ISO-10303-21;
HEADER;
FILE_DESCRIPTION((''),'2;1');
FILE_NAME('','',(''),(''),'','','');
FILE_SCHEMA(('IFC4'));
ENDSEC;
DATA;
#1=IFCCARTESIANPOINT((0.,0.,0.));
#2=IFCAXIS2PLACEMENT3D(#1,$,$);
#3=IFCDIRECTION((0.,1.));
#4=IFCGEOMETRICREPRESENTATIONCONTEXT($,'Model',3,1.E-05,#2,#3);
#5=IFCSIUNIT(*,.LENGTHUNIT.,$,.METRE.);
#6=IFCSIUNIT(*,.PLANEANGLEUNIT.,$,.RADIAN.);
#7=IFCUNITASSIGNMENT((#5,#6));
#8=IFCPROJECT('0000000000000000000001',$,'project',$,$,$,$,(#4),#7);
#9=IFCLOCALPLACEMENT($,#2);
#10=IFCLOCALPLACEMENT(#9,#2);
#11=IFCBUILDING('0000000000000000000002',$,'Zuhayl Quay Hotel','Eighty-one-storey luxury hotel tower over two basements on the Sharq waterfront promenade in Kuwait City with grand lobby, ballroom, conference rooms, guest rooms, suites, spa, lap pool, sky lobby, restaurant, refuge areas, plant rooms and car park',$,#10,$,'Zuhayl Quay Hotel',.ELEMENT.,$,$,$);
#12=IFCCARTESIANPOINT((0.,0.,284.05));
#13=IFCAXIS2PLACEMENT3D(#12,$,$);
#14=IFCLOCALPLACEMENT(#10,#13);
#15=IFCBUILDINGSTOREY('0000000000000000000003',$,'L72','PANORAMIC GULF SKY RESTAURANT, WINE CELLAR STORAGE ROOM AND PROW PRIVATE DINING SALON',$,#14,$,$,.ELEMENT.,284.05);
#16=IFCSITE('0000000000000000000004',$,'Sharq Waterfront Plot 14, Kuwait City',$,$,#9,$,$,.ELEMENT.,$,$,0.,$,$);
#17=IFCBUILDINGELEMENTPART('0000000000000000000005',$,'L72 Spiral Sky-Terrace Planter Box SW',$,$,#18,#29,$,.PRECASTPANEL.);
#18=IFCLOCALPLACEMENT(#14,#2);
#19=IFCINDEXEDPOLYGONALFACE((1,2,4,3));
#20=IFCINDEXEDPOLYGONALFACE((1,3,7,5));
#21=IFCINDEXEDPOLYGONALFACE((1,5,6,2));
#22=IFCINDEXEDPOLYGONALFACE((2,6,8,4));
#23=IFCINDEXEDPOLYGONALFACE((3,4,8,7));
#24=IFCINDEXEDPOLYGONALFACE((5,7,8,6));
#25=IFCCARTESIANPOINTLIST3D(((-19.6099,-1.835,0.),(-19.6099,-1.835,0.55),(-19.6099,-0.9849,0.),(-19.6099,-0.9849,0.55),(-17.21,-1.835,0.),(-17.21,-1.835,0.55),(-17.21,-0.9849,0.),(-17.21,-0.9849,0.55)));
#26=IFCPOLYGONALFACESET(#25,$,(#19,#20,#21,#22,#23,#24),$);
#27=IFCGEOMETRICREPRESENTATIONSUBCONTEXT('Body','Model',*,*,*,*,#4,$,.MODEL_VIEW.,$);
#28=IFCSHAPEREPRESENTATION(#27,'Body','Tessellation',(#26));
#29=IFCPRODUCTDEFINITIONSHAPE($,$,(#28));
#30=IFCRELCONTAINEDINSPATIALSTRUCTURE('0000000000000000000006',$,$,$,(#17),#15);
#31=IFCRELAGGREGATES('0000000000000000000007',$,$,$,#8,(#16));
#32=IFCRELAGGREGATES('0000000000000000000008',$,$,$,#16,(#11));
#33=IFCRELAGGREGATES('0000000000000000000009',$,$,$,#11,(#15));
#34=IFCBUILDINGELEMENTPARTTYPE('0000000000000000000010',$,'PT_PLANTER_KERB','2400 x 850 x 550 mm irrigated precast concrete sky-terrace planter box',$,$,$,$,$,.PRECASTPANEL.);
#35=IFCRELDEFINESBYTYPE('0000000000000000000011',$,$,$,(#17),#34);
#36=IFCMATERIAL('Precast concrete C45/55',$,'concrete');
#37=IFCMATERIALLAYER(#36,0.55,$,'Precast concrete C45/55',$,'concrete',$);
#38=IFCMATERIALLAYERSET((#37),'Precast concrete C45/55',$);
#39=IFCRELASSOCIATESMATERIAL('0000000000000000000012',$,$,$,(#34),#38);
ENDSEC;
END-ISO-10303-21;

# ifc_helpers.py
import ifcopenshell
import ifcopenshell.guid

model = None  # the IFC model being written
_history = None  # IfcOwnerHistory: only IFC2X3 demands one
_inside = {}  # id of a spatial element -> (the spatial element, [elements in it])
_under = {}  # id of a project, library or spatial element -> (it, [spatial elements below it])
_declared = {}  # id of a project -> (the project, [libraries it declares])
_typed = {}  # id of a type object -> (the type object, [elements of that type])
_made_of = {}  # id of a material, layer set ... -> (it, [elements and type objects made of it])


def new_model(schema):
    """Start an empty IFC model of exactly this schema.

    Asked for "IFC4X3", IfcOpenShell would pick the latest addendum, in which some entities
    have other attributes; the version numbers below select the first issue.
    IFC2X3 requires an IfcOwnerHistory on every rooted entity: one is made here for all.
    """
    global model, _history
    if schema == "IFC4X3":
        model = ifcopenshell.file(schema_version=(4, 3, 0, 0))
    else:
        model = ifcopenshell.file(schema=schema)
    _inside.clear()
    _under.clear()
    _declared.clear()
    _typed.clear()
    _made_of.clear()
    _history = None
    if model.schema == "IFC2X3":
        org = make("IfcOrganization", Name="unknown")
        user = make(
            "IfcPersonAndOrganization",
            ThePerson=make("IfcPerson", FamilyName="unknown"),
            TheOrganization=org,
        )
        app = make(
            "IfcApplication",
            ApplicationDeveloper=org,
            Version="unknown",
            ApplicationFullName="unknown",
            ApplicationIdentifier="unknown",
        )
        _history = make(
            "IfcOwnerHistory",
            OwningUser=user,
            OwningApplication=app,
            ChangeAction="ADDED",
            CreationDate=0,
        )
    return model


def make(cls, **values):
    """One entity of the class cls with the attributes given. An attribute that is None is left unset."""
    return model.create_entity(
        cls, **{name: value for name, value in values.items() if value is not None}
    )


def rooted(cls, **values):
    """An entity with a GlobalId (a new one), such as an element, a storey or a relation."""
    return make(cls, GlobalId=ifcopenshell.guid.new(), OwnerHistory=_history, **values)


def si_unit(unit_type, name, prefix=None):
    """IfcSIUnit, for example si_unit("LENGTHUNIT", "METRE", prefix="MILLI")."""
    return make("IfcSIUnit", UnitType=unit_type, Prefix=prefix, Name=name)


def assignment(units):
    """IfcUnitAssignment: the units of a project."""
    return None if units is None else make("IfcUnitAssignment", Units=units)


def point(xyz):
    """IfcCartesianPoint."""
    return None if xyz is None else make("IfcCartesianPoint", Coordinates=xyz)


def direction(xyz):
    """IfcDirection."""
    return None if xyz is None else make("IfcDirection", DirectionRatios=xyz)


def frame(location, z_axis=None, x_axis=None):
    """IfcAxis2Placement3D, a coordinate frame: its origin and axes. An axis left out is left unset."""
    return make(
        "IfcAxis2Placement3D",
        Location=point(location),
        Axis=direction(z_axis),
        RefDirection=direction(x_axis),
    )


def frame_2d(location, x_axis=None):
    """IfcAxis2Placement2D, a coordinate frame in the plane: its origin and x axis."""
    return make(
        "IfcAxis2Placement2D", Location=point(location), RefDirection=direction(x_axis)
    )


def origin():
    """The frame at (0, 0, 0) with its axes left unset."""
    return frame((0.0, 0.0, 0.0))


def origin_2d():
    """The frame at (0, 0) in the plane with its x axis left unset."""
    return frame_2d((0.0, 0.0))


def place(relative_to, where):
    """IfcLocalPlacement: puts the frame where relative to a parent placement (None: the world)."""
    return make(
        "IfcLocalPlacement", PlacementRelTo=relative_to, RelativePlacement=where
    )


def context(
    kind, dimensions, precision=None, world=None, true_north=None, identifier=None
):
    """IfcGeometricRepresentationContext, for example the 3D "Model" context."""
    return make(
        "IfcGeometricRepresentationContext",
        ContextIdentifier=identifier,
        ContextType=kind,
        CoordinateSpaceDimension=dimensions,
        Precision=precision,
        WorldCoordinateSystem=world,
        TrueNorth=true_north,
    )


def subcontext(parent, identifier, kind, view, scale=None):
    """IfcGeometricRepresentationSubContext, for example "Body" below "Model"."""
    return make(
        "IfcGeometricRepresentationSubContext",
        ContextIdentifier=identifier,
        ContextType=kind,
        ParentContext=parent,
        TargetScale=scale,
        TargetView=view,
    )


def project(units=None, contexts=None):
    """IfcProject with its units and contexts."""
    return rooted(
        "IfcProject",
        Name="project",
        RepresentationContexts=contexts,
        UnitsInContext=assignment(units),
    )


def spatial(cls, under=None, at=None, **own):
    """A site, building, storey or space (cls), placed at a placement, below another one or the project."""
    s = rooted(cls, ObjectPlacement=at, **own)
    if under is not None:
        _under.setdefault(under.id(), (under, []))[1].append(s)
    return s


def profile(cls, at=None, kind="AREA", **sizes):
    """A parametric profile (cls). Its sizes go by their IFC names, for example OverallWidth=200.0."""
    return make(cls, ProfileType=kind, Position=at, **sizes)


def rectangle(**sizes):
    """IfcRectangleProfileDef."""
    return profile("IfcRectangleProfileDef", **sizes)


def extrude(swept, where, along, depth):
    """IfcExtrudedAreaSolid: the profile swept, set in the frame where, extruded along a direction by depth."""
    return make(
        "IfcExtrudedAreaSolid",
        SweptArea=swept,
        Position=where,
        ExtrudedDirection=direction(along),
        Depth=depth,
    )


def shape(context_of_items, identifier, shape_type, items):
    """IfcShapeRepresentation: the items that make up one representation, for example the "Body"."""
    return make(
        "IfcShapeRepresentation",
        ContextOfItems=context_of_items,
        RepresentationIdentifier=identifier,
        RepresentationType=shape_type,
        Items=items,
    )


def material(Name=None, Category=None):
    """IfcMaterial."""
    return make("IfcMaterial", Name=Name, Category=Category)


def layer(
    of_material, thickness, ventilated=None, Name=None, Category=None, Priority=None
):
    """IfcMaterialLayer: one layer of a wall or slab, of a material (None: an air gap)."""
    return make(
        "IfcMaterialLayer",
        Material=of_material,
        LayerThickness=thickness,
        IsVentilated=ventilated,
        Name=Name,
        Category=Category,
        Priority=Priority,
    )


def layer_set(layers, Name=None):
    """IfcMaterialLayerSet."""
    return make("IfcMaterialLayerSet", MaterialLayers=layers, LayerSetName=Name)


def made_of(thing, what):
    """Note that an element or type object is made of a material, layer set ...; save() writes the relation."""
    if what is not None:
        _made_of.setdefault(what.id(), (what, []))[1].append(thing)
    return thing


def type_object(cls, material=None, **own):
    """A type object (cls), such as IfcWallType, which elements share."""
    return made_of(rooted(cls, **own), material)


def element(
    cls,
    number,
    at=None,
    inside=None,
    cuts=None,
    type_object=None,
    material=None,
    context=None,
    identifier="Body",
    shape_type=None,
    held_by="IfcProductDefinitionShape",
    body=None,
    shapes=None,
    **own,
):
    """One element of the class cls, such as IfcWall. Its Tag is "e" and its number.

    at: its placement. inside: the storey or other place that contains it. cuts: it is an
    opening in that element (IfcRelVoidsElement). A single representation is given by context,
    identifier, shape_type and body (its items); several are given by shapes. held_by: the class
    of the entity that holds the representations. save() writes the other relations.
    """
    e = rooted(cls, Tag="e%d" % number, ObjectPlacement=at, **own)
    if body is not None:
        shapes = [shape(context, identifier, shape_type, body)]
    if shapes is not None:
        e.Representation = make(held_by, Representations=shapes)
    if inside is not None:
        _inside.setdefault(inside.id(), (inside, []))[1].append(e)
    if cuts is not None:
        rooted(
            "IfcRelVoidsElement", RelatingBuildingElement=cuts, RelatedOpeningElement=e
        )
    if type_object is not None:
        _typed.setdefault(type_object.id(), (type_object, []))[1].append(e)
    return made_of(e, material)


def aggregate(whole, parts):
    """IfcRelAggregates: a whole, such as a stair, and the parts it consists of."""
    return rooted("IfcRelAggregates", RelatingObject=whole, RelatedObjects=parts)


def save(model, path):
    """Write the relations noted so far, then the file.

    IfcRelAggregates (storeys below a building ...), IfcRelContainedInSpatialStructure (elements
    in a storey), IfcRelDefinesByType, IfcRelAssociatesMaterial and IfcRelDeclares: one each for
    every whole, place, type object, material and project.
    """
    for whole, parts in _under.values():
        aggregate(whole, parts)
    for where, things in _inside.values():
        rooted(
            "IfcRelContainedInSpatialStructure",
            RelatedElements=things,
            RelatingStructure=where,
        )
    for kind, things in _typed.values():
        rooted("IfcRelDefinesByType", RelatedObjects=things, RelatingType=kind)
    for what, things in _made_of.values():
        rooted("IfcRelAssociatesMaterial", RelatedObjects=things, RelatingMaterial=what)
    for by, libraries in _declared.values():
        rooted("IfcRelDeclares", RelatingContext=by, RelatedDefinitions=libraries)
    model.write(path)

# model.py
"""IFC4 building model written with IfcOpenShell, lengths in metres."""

from ifc_helpers import new_model, si_unit, direction, frame, origin, origin_2d, place, context, subcontext, project, spatial, rectangle, extrude, material, layer, layer_set, type_object, element, save


model = new_model("IFC4")

# Units and contexts
model_context = context("Model", 3, precision=1e-05, world=origin(), true_north=direction((0.0, 1.0)))
body_context = subcontext(model_context, "Body", "Model", "MODEL_VIEW")
ifc_project = project(units=[si_unit("LENGTHUNIT", "METRE"), si_unit("PLANEANGLEUNIT", "RADIAN")], contexts=[model_context])

# Site, building, storey
site_placement = place(None, origin())
site = spatial("IfcSite", under=ifc_project, at=site_placement, Name="Sharq Waterfront Plot 14, Kuwait City", CompositionType="ELEMENT", RefElevation=0.0)
building_placement = place(site_placement, origin())
building = spatial("IfcBuilding", under=site, at=building_placement, Name="Zuhayl Quay Hotel", Description="Eighty-one-storey luxury hotel tower over two basements on the Sharq waterfront promenade in Kuwait City with grand lobby, ballroom, conference rooms, guest rooms, suites, spa, lap pool, sky lobby, restaurant, refuge areas, plant rooms and car park", LongName="Zuhayl Quay Hotel", CompositionType="ELEMENT")
storey_placement = place(building_placement, frame((0.0, 0.0, 284.05)))
storey = spatial("IfcBuildingStorey", under=building, at=storey_placement, Name="L72", Description="PANORAMIC GULF SKY RESTAURANT, WINE CELLAR STORAGE ROOM AND PROW PRIVATE DINING SALON", CompositionType="ELEMENT", Elevation=284.05)

# Shared definitions
ifc_material_1 = material(Name="Precast concrete C45/55", Category="concrete")

# Building element part
ifc_layer_1 = layer(ifc_material_1, 0.55, Name="Precast concrete C45/55", Category="concrete")
ifc_layer_set_1 = layer_set([ifc_layer_1], Name="Precast concrete C45/55")
building_element_part_type = type_object("IfcBuildingElementPartType", Name="PT_PLANTER_KERB", Description="2400 x 850 x 550 mm irrigated precast concrete sky-terrace planter box", PredefinedType="PRECASTPANEL", material=ifc_layer_set_1)
building_element_part_placement = place(storey_placement, frame((-18.4099, -1.4099, 0.0), z_axis=(0.0, 0.0, 1.0), x_axis=(1.0, 0.0, 0.0)))
element("IfcBuildingElementPart", 1, at=building_element_part_placement, inside=storey, type_object=building_element_part_type, Name="L72 Spiral Sky-Terrace Planter Box SW", PredefinedType="PRECASTPANEL", context=body_context, shape_type="SweptSolid", body=[
    extrude(rectangle(XDim=2.3999, YDim=0.8501, at=origin_2d()), origin(), (0.0, 0.0, 1.0), 0.55),
])

save(model, "model.ifc")
